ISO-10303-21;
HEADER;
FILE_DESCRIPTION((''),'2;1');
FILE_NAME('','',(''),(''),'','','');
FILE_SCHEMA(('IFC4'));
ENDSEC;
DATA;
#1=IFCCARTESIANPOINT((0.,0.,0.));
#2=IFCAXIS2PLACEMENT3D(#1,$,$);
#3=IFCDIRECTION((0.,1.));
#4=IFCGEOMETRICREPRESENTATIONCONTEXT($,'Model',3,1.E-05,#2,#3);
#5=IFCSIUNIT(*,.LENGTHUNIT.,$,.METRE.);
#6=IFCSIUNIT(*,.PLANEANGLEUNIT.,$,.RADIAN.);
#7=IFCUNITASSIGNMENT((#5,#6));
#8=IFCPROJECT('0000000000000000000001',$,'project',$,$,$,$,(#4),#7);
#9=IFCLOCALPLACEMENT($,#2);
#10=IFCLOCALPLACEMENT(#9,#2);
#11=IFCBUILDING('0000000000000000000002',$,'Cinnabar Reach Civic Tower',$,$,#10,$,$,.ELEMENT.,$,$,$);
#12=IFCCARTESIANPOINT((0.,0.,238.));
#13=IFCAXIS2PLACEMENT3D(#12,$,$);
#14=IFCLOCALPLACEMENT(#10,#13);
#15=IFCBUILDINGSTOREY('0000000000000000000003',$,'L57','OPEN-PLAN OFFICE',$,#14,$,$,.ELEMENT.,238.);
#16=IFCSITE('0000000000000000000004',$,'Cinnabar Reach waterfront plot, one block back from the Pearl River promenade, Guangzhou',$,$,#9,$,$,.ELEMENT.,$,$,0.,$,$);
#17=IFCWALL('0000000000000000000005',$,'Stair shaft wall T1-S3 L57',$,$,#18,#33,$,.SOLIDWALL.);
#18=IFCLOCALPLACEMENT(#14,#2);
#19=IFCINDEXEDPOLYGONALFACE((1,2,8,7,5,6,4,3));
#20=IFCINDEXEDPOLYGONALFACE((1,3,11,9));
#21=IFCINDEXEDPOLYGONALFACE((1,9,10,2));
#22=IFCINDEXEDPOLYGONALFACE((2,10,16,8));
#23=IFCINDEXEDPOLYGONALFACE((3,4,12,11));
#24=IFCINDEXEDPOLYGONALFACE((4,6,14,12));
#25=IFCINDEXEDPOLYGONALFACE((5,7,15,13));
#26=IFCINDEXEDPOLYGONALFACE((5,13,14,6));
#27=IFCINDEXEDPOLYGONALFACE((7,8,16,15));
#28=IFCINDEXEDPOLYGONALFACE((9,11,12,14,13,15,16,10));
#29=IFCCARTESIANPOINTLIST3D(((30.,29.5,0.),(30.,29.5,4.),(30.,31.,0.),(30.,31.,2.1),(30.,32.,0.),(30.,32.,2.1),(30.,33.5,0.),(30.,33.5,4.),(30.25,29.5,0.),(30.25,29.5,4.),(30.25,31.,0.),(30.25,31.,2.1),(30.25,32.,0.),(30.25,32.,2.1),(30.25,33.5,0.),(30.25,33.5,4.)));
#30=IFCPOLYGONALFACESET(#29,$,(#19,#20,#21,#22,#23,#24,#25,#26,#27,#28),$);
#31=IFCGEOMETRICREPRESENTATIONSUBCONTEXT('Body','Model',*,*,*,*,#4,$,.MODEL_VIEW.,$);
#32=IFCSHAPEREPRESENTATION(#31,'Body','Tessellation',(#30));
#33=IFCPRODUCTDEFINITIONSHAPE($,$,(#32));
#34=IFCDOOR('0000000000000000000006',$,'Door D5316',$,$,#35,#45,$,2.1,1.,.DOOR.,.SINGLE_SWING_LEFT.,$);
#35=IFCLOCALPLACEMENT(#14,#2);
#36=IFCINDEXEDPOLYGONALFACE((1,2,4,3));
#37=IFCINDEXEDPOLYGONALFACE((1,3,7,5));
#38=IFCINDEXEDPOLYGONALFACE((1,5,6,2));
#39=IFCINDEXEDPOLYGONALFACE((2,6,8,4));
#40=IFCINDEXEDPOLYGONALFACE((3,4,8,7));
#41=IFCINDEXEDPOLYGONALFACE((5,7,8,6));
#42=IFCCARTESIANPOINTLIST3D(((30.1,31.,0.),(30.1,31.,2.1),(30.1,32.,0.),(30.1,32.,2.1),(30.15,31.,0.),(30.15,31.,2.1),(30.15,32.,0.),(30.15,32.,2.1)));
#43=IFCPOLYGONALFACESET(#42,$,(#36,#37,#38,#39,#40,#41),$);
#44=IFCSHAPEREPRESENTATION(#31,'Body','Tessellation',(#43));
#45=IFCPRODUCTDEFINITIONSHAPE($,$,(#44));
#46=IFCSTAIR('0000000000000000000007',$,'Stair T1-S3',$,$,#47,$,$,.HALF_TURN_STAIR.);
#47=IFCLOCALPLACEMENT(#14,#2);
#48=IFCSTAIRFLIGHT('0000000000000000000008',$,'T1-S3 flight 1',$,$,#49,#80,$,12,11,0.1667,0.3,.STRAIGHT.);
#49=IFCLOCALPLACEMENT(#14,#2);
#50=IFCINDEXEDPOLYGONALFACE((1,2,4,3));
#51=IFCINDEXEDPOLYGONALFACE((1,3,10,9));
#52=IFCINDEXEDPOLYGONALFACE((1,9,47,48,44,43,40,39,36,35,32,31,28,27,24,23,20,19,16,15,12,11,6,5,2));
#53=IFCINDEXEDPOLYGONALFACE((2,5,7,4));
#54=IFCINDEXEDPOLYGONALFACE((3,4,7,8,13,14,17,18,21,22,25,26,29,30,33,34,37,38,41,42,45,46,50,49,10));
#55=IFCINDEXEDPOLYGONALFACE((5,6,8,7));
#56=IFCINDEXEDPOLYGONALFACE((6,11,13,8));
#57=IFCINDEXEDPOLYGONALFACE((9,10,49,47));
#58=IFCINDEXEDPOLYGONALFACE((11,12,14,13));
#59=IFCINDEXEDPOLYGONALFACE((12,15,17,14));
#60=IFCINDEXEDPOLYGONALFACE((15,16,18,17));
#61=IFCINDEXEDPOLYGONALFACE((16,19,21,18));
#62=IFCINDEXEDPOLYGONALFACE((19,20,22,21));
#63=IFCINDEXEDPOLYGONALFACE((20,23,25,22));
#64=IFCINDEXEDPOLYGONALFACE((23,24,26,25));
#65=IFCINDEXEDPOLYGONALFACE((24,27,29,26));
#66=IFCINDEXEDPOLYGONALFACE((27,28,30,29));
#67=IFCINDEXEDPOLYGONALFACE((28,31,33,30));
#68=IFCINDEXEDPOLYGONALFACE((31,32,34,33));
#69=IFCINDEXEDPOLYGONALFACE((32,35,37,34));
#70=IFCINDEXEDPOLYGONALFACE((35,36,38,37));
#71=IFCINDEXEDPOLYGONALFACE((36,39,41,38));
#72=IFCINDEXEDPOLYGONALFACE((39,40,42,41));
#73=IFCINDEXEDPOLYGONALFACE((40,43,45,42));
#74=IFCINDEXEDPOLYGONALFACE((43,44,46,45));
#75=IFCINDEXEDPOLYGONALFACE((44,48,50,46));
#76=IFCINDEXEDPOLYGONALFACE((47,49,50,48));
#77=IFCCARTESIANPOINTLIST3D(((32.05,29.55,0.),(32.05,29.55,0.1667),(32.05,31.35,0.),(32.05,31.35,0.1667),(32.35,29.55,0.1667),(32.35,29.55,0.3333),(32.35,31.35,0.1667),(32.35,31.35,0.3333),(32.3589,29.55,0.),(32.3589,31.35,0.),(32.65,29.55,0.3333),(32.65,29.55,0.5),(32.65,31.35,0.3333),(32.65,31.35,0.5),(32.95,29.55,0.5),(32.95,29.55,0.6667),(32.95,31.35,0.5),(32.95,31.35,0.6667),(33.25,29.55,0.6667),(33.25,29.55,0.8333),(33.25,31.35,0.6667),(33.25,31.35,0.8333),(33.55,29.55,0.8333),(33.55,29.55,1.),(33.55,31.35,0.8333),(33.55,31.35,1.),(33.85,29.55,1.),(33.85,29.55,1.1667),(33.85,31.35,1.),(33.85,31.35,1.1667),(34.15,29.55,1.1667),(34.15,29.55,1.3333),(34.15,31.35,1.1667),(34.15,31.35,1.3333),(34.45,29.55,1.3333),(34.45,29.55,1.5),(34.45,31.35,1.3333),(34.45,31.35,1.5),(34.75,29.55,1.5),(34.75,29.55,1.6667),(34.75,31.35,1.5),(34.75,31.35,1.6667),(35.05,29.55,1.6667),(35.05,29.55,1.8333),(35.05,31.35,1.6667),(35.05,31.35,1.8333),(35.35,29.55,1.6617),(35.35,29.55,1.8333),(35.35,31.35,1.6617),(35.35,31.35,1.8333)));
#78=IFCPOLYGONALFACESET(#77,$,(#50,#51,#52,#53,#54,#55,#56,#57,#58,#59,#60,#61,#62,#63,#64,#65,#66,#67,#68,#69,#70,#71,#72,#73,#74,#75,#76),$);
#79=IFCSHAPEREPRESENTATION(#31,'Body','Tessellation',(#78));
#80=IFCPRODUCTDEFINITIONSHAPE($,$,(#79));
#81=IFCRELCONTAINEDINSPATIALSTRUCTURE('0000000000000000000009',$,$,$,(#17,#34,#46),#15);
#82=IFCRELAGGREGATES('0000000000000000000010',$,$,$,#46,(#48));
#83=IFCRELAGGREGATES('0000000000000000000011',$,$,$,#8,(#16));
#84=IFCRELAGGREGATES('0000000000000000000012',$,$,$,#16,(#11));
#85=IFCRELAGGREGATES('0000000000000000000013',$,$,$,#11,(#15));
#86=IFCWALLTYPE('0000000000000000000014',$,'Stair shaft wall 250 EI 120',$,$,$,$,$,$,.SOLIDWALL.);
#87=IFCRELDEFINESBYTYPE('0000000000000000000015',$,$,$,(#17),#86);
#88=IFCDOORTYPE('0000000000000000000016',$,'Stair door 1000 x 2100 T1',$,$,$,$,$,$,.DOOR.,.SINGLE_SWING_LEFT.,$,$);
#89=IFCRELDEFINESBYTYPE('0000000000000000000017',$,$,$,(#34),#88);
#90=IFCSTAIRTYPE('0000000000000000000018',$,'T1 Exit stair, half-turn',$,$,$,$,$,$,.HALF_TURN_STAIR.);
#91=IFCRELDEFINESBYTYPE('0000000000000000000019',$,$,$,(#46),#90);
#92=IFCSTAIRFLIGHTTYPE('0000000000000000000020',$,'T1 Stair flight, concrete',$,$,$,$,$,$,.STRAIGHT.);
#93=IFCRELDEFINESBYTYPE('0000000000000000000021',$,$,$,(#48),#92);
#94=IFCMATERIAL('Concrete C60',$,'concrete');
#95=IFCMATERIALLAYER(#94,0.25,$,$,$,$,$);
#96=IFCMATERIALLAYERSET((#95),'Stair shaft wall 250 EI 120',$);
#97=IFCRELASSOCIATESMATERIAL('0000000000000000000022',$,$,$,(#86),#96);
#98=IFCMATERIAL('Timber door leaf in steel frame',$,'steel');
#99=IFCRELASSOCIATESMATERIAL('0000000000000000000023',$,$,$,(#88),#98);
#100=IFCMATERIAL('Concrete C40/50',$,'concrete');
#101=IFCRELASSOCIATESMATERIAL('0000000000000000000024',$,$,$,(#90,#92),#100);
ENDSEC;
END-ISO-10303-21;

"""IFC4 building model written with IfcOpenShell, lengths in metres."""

from ifc_helpers import new_model, si_unit, direction, frame, frame_2d, origin, place, context, subcontext, project, spatial, polyline, rectangle, outline, extrude, material, layer, layer_set, type_object, element, fill, aggregate, save


model = new_model("IFC4")

# Units and contexts
model_context = context("Model", 3, precision=1e-05, world=origin(), true_north=direction((0.0, 1.0)))
body_context = subcontext(model_context, "Body", "Model", "MODEL_VIEW")
ifc_project = project(units=[si_unit("LENGTHUNIT", "METRE"), si_unit("PLANEANGLEUNIT", "RADIAN")], contexts=[model_context])

# Site, building, storey
site_placement = place(None, origin())
site = spatial("IfcSite", under=ifc_project, at=site_placement, Name="Cinnabar Reach waterfront plot, one block back from the Pearl River promenade, Guangzhou", CompositionType="ELEMENT", RefElevation=0.0)
building_placement = place(site_placement, origin())
building = spatial("IfcBuilding", under=site, at=building_placement, Name="Cinnabar Reach Civic Tower", CompositionType="ELEMENT")
storey_placement = place(building_placement, frame((0.0, 0.0, 238.0)))
storey = spatial("IfcBuildingStorey", under=building, at=storey_placement, Name="L57", Description="OPEN-PLAN OFFICE", CompositionType="ELEMENT", Elevation=238.0)

# Shared definitions
ifc_material_1 = material(Name="Concrete C60", Category="concrete")

# Shared definitions
ifc_material_2 = material(Name="Timber door leaf in steel frame", Category="steel")

# Shared definitions
ifc_layer_1 = layer(ifc_material_1, 0.25)
ifc_layer_set_1 = layer_set([ifc_layer_1], Name="Stair shaft wall 250 EI 120")
wall_type_1 = type_object("IfcWallType", Name="Stair shaft wall 250 EI 120", PredefinedType="SOLIDWALL", material=ifc_layer_set_1)

# Wall, opening, door
wall_1_placement = place(storey_placement, frame((30.125, 33.5, 0.0), z_axis=(0.0, 0.0, 1.0), x_axis=(0.0, -1.0, 0.0)))
wall_1 = element("IfcWall", 1, at=wall_1_placement, inside=storey, type_object=wall_type_1, Name="Stair shaft wall T1-S3 L57", PredefinedType="SOLIDWALL", context=body_context, shape_type="SweptSolid", body=[
    extrude(rectangle(XDim=4.0, YDim=0.25, at=frame_2d((2.0, 0.0))), origin(), (0.0, 0.0, 1.0), 4.0),
])
opening_1_placement = place(wall_1_placement, frame((1.5, 0.0, 0.0)))
opening_1 = element("IfcOpeningElement", 2, at=opening_1_placement, cuts=wall_1, PredefinedType="OPENING", context=body_context, shape_type="SweptSolid", body=[
    extrude(rectangle(XDim=1.0, YDim=2.1, at=frame_2d((0.5, 1.05))), frame((0.0, 0.135, 0.0), z_axis=(0.0, -1.0, 0.0), x_axis=(1.0, 0.0, 0.0)), (0.0, 0.0, 1.0), 0.27),
])
door_type_1 = type_object("IfcDoorType", Name="Stair door 1000 x 2100 T1", OperationType="SINGLE_SWING_LEFT", PredefinedType="DOOR", material=ifc_material_2)
door_1_placement = place(opening_1_placement, origin())
door_1 = element("IfcDoor", 3, at=door_1_placement, inside=storey, type_object=door_type_1, Name="Door D5316", OperationType="SINGLE_SWING_LEFT", OverallHeight=2.1, OverallWidth=1.0, PredefinedType="DOOR", context=body_context, shape_type="SweptSolid", body=[
    extrude(rectangle(XDim=1.0, YDim=2.1, at=frame_2d((0.5, 1.05))), frame((0.0, 0.025, 0.0), z_axis=(0.0, -1.0, 0.0), x_axis=(1.0, 0.0, 0.0)), (0.0, 0.0, 1.0), 0.05),
])
fill(opening_1, door_1)

# Stair, stair flight
ifc_material_3 = material(Name="Concrete C40/50", Category="concrete")
stair_type = type_object("IfcStairType", Name="T1 Exit stair, half-turn", PredefinedType="HALF_TURN_STAIR", material=ifc_material_3)
stair_placement = place(storey_placement, origin())
stair = element("IfcStair", 4, at=stair_placement, inside=storey, type_object=stair_type, Name="Stair T1-S3", PredefinedType="HALF_TURN_STAIR")
stair_flight_type = type_object("IfcStairFlightType", Name="T1 Stair flight, concrete", PredefinedType="STRAIGHT", material=ifc_material_3)
stair_flight_placement = place(storey_placement, frame((32.05, 30.45, 0.0), z_axis=(0.0, 0.0, 1.0), x_axis=(1.0, 0.0, 0.0)))
stair_flight = element("IfcStairFlight", 5, at=stair_flight_placement, type_object=stair_flight_type, Name="T1-S3 flight 1", NumberOfRisers=12, NumberOfTreads=11, PredefinedType="STRAIGHT", RiserHeight=0.1667, TreadLength=0.3, context=body_context, shape_type="SweptSolid", body=[
    extrude(outline(polyline([(0.0, 0.0), (0.0, 0.1667), (0.3, 0.1667), (0.3, 0.3333), (0.6, 0.3333), (0.6, 0.5), (0.9, 0.5), (0.9, 0.6667), (1.2, 0.6667), (1.2, 0.8333), (1.5, 0.8333), (1.5, 1.0), (1.8, 1.0), (1.8, 1.1667), (2.1, 1.1667), (2.1, 1.3333), (2.4, 1.3333), (2.4, 1.5), (2.7, 1.5), (2.7, 1.6667), (3.0, 1.6667), (3.0, 1.8333), (3.3, 1.8333), (3.3, 2.0), (3.3, 1.6617), (0.3089, 0.0), (0.0, 0.0)])), frame((0.0, 0.9, 0.0), z_axis=(0.0, -1.0, 0.0), x_axis=(1.0, 0.0, 0.0)), (0.0, 0.0, 1.0), 1.8),
])
aggregate(stair, [stair_flight])

save(model, "model.ifc")
